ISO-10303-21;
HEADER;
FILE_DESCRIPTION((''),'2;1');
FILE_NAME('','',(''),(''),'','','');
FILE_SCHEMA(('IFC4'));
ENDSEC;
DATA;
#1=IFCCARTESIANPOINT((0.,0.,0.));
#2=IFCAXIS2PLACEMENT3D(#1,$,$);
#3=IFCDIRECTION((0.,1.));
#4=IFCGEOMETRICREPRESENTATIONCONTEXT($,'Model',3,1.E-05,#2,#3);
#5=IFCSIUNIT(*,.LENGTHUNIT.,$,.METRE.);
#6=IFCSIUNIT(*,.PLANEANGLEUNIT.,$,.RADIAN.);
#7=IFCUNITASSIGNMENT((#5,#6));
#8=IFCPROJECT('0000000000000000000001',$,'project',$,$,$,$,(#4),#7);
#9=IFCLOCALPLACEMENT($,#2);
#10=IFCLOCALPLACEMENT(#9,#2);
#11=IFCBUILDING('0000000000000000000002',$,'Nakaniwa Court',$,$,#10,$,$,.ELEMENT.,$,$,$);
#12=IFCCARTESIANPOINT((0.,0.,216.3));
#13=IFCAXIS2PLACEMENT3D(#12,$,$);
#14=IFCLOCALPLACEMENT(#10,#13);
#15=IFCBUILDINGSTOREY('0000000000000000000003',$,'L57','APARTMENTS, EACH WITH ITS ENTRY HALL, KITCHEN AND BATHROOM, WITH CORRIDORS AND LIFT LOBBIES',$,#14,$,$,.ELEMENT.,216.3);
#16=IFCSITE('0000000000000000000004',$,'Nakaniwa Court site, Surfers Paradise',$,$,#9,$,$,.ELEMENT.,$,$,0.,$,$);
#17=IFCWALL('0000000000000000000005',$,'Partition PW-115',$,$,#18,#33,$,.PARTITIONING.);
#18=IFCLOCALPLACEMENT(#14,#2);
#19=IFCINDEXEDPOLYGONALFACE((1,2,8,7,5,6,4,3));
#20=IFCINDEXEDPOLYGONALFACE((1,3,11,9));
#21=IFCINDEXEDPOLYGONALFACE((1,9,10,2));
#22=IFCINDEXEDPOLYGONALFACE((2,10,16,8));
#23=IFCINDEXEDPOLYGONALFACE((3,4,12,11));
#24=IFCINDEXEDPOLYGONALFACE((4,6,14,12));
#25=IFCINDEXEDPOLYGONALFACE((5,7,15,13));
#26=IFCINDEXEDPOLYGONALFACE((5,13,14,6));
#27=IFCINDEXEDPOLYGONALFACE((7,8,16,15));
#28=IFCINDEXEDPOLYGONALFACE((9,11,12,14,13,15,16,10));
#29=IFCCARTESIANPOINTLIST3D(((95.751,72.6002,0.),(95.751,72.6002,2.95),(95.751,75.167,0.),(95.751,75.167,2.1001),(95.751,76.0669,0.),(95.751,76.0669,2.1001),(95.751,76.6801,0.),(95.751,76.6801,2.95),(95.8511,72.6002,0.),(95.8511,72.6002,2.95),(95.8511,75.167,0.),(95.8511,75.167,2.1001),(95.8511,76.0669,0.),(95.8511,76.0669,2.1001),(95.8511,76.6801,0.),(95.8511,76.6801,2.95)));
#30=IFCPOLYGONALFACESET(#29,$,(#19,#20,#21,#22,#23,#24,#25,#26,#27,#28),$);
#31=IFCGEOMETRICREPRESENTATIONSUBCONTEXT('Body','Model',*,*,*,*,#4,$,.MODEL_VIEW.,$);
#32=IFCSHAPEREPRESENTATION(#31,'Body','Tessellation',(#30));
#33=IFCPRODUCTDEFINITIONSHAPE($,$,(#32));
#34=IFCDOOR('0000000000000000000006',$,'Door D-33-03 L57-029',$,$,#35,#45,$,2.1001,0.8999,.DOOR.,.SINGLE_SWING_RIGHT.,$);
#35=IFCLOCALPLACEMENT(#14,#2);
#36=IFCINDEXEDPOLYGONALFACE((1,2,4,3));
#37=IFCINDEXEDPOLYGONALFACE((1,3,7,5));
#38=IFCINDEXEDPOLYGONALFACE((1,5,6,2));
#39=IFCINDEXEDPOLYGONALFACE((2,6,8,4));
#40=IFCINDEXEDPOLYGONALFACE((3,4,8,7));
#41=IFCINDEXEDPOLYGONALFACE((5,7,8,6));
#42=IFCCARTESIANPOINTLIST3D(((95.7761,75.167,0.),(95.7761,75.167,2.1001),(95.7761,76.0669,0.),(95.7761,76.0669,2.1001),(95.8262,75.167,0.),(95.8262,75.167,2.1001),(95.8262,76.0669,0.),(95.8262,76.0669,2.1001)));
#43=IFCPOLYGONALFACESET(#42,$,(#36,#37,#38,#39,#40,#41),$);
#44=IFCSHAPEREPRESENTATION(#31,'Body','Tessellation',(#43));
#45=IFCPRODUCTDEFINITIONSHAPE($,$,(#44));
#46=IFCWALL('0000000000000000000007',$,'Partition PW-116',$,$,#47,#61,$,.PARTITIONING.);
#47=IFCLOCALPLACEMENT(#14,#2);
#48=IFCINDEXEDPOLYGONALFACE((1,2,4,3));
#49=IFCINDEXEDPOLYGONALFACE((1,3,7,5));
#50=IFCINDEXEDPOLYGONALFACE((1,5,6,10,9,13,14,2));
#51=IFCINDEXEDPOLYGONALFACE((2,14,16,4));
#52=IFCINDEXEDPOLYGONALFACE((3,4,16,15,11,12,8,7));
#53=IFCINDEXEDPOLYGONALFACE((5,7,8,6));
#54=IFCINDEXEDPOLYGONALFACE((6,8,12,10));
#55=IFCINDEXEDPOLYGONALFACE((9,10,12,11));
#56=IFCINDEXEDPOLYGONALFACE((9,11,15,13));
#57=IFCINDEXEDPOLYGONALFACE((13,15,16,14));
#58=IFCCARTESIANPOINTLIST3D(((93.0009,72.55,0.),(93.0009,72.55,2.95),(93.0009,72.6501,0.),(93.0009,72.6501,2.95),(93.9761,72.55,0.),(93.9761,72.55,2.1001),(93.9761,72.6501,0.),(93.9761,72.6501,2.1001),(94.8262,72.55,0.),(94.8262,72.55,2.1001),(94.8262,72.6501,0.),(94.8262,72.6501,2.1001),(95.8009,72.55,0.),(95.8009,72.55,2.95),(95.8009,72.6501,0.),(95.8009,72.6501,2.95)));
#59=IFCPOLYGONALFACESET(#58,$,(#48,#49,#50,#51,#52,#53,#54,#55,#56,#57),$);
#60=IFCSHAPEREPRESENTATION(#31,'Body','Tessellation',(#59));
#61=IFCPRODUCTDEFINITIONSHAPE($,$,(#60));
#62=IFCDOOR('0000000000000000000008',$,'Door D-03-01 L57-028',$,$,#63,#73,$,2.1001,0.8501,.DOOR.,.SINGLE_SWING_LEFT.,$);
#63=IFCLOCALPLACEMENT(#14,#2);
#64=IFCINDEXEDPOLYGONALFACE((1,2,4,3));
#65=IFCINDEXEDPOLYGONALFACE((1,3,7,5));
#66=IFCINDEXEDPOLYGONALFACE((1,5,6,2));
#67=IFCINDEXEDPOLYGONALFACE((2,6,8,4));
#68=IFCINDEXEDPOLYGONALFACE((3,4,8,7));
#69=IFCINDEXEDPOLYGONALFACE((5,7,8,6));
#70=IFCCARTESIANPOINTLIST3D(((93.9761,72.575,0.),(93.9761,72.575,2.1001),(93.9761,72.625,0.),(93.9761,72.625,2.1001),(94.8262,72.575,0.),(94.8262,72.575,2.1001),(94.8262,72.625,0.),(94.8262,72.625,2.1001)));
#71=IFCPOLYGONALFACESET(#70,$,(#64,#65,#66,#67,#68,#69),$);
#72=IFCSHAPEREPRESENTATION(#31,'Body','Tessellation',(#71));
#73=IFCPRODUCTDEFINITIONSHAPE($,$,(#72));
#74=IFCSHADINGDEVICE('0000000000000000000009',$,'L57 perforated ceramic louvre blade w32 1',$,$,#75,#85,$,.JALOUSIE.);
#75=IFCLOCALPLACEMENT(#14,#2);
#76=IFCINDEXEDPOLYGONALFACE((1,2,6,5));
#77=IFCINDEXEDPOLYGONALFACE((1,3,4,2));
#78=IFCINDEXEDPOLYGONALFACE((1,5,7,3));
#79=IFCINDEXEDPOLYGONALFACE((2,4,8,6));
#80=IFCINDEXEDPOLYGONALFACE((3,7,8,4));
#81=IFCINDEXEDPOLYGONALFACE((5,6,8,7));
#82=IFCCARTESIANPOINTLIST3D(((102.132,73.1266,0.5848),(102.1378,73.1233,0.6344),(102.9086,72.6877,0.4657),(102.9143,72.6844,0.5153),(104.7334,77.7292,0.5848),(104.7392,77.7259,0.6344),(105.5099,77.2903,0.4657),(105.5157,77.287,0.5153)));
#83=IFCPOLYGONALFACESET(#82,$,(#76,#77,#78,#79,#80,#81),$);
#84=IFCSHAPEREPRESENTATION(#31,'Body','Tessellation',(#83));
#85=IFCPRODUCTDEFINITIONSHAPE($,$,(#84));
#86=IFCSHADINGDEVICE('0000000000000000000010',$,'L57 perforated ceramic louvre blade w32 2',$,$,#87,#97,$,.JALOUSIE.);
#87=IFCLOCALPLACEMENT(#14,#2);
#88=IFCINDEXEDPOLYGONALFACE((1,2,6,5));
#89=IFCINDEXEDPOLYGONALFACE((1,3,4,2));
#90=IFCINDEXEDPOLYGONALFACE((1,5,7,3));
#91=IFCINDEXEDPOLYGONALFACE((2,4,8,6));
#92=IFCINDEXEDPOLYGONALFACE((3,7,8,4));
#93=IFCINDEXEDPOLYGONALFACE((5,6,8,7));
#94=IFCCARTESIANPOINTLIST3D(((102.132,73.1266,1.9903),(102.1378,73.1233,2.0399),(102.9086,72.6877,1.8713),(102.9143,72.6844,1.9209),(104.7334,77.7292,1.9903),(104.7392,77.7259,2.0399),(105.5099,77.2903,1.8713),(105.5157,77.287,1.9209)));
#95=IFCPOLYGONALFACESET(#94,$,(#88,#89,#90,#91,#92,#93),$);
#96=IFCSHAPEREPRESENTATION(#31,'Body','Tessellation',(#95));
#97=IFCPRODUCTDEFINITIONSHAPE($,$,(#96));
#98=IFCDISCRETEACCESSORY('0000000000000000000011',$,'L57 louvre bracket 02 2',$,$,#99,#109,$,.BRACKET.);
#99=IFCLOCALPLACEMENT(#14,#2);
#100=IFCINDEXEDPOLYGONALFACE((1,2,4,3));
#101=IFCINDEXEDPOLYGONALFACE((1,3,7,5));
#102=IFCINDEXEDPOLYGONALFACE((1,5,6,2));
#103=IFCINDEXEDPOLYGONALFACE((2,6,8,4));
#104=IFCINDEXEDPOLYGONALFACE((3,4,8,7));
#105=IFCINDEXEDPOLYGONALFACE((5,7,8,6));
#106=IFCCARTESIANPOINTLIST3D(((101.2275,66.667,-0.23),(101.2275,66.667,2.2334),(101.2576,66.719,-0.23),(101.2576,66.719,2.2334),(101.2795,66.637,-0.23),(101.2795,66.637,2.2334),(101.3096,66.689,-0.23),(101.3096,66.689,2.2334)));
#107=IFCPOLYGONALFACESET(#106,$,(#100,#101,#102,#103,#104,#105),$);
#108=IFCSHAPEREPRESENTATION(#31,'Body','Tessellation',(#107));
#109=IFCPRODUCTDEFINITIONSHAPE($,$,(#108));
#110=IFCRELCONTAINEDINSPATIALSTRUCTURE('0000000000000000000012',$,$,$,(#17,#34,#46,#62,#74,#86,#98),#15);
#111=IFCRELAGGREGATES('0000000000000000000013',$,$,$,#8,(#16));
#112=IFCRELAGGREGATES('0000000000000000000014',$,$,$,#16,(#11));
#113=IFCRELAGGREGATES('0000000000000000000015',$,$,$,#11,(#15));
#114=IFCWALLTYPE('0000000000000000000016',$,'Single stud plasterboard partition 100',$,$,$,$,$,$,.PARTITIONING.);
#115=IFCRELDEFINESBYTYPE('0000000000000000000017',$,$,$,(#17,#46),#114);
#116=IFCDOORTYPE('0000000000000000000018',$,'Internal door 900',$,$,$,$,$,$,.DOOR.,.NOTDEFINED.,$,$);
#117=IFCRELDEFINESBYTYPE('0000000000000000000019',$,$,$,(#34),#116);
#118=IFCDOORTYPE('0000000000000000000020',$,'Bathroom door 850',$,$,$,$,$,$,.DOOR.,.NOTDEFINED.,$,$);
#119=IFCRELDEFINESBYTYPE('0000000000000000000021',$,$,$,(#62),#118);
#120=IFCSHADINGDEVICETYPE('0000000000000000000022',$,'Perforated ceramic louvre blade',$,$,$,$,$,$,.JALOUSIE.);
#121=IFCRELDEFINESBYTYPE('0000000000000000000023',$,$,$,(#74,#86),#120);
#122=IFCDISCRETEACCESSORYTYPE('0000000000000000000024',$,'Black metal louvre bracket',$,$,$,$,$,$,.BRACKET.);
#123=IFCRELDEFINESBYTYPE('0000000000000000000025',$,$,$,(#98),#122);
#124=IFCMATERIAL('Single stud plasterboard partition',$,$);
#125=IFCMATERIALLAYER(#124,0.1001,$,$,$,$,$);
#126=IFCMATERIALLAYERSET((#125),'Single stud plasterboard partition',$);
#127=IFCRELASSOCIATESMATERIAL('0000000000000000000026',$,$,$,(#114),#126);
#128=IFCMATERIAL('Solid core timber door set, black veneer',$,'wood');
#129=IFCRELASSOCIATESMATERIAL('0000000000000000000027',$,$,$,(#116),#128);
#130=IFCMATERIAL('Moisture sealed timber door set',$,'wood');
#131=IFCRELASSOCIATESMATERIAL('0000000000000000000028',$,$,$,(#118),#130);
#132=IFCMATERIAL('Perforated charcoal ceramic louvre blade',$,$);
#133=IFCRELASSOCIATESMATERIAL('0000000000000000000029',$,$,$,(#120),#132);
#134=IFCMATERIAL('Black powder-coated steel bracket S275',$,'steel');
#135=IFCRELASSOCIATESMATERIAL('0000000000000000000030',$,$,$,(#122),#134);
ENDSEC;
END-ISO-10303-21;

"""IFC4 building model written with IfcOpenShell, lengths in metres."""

from ifc_helpers import new_model, si_unit, direction, frame, frame_2d, origin, origin_2d, place, context, subcontext, project, spatial, rectangle, extrude, material, layer, layer_set, material_profile, profile_set, type_object, element, fill, save


model = new_model("IFC4")

# Units and contexts
model_context = context("Model", 3, precision=1e-05, world=origin(), true_north=direction((0.0, 1.0)))
body_context = subcontext(model_context, "Body", "Model", "MODEL_VIEW")
ifc_project = project(units=[si_unit("LENGTHUNIT", "METRE"), si_unit("PLANEANGLEUNIT", "RADIAN")], contexts=[model_context])

# Site, building, storey
site_placement = place(None, origin())
site = spatial("IfcSite", under=ifc_project, at=site_placement, Name="Nakaniwa Court site, Surfers Paradise", CompositionType="ELEMENT", RefElevation=0.0)
building_placement = place(site_placement, origin())
building = spatial("IfcBuilding", under=site, at=building_placement, Name="Nakaniwa Court", CompositionType="ELEMENT")
storey_placement = place(building_placement, frame((0.0, 0.0, 216.3)))
storey = spatial("IfcBuildingStorey", under=building, at=storey_placement, Name="L57", Description="APARTMENTS, EACH WITH ITS ENTRY HALL, KITCHEN AND BATHROOM, WITH CORRIDORS AND LIFT LOBBIES", CompositionType="ELEMENT", Elevation=216.3)

# Shared definitions
ifc_material_1 = material(Name="Single stud plasterboard partition")
ifc_layer_1 = layer(ifc_material_1, 0.1001)
ifc_layer_set_1 = layer_set([ifc_layer_1], Name="Single stud plasterboard partition")
wall_type_1 = type_object("IfcWallType", Name="Single stud plasterboard partition 100", PredefinedType="PARTITIONING", material=ifc_layer_set_1)
ifc_material_2 = material(Name="Solid core timber door set, black veneer", Category="wood")
door_type_1 = type_object("IfcDoorType", Name="Internal door 900", OperationType="NOTDEFINED", PredefinedType="DOOR", material=ifc_material_2)

# Walls, openings, doors
wall_1_placement = place(storey_placement, frame((95.801, 72.6001, 0.0), z_axis=(0.0, 0.0, 1.0), x_axis=(0.0, 1.0, 0.0)))
wall_1 = element("IfcWall", 1, at=wall_1_placement, inside=storey, type_object=wall_type_1, Name="Partition PW-115", PredefinedType="PARTITIONING", context=body_context, shape_type="SweptSolid", body=[
    extrude(rectangle(XDim=4.0798, YDim=0.1001, at=frame_2d((2.04, 0.0))), origin(), (0.0, 0.0, 1.0), 2.95),
])
opening_1_placement = place(wall_1_placement, frame((2.5669, 0.0, 0.0)))
opening_1 = element("IfcOpeningElement", 2, at=opening_1_placement, cuts=wall_1, PredefinedType="OPENING", context=body_context, shape_type="SweptSolid", body=[
    extrude(rectangle(XDim=0.8999, YDim=2.1001, at=frame_2d((0.45, 1.05))), frame((0.0, 0.0601, 0.0), z_axis=(0.0, -1.0, 0.0), x_axis=(1.0, 0.0, 0.0)), (0.0, 0.0, 1.0), 0.1201),
])
door_1_placement = place(opening_1_placement, origin())
door_1 = element("IfcDoor", 3, at=door_1_placement, inside=storey, type_object=door_type_1, Name="Door D-33-03 L57-029", OperationType="SINGLE_SWING_RIGHT", OverallHeight=2.1001, OverallWidth=0.8999, PredefinedType="DOOR", context=body_context, shape_type="SweptSolid", body=[
    extrude(rectangle(XDim=0.8999, YDim=2.1001, at=frame_2d((0.45, 1.05))), frame((0.0, 0.0249, 0.0), z_axis=(0.0, -1.0, 0.0), x_axis=(1.0, 0.0, 0.0)), (0.0, 0.0, 1.0), 0.05),
])
fill(opening_1, door_1)
wall_2_placement = place(storey_placement, frame((93.001, 72.6001, 0.0), z_axis=(0.0, 0.0, 1.0), x_axis=(1.0, 0.0, 0.0)))
wall_2 = element("IfcWall", 4, at=wall_2_placement, inside=storey, type_object=wall_type_1, Name="Partition PW-116", PredefinedType="PARTITIONING", context=body_context, shape_type="SweptSolid", body=[
    extrude(rectangle(XDim=2.8, YDim=0.1001, at=frame_2d((1.3999, 0.0))), origin(), (0.0, 0.0, 1.0), 2.95),
])
opening_2_placement = place(wall_2_placement, frame((0.9751, 0.0, 0.0)))
opening_2 = element("IfcOpeningElement", 5, at=opening_2_placement, cuts=wall_2, PredefinedType="OPENING", context=body_context, shape_type="SweptSolid", body=[
    extrude(rectangle(XDim=0.8501, YDim=2.1001, at=frame_2d((0.425, 1.05))), frame((0.0, 0.0601, 0.0), z_axis=(0.0, -1.0, 0.0), x_axis=(1.0, 0.0, 0.0)), (0.0, 0.0, 1.0), 0.1201),
])
ifc_material_3 = material(Name="Moisture sealed timber door set", Category="wood")
door_type_2 = type_object("IfcDoorType", Name="Bathroom door 850", OperationType="NOTDEFINED", PredefinedType="DOOR", material=ifc_material_3)
door_2_placement = place(opening_2_placement, origin())
door_2 = element("IfcDoor", 6, at=door_2_placement, inside=storey, type_object=door_type_2, Name="Door D-03-01 L57-028", OperationType="SINGLE_SWING_LEFT", OverallHeight=2.1001, OverallWidth=0.8501, PredefinedType="DOOR", context=body_context, shape_type="SweptSolid", body=[
    extrude(rectangle(XDim=0.8501, YDim=2.1001, at=frame_2d((0.425, 1.05))), frame((0.0, 0.0249, 0.0), z_axis=(0.0, -1.0, 0.0), x_axis=(1.0, 0.0, 0.0)), (0.0, 0.0, 1.0), 0.05),
])
fill(opening_2, door_2)

# Shading devices
ifc_material_4 = material(Name="Perforated charcoal ceramic louvre blade")
ifc_material_profile_1 = material_profile(ifc_material_4, rectangle(XDim=0.8999, YDim=0.05, at=origin_2d()), Name="Perforated ceramic louvre blade")
ifc_profile_set_1 = profile_set([ifc_material_profile_1], Name="Perforated charcoal ceramic louvre blade")
shading_device_type = type_object("IfcShadingDeviceType", Name="Perforated ceramic louvre blade", PredefinedType="JALOUSIE", material=ifc_profile_set_1)
for number, where, z_axis, x_axis, name in (
    (7, (102.5232, 72.9055, 0.55), (0.492041, 0.870572, 0.0), (-0.862925, 0.487718, 0.132256), "L57 perforated ceramic louvre blade w32 1"),
    (8, (102.5232, 72.9055, 1.9556), (0.492041, 0.870572, 0.0), (-0.862925, 0.487718, 0.132256), "L57 perforated ceramic louvre blade w32 2"),
):
    element("IfcShadingDevice", number, at=place(storey_placement, frame(where, z_axis=z_axis, x_axis=x_axis)), inside=storey, type_object=shading_device_type, Name=name, PredefinedType="JALOUSIE", context=body_context, shape_type="SweptSolid", body=[
        extrude(rectangle(XDim=0.8999, YDim=0.05, at=origin_2d()), origin(), (0.0, 0.0, 1.0), 5.2869),
    ])

# Discrete accessory
ifc_material_5 = material(Name="Black powder-coated steel bracket S275", Category="steel")
discrete_accessory_type = type_object("IfcDiscreteAccessoryType", Name="Black metal louvre bracket", PredefinedType="BRACKET", material=ifc_material_5)
discrete_accessory_placement = place(storey_placement, frame((101.2686, 66.678, -0.23), z_axis=(0.0, 0.0, 1.0), x_axis=(0.500017, 0.866016, 0.0)))
element("IfcDiscreteAccessory", 9, at=discrete_accessory_placement, inside=storey, type_object=discrete_accessory_type, Name="L57 louvre bracket 02 2", PredefinedType="BRACKET", context=body_context, shape_type="SweptSolid", body=[
    extrude(rectangle(XDim=0.0601, YDim=0.0601, at=origin_2d()), origin(), (0.0, 0.0, 1.0), 2.4634),
])

save(model, "model.ifc")
